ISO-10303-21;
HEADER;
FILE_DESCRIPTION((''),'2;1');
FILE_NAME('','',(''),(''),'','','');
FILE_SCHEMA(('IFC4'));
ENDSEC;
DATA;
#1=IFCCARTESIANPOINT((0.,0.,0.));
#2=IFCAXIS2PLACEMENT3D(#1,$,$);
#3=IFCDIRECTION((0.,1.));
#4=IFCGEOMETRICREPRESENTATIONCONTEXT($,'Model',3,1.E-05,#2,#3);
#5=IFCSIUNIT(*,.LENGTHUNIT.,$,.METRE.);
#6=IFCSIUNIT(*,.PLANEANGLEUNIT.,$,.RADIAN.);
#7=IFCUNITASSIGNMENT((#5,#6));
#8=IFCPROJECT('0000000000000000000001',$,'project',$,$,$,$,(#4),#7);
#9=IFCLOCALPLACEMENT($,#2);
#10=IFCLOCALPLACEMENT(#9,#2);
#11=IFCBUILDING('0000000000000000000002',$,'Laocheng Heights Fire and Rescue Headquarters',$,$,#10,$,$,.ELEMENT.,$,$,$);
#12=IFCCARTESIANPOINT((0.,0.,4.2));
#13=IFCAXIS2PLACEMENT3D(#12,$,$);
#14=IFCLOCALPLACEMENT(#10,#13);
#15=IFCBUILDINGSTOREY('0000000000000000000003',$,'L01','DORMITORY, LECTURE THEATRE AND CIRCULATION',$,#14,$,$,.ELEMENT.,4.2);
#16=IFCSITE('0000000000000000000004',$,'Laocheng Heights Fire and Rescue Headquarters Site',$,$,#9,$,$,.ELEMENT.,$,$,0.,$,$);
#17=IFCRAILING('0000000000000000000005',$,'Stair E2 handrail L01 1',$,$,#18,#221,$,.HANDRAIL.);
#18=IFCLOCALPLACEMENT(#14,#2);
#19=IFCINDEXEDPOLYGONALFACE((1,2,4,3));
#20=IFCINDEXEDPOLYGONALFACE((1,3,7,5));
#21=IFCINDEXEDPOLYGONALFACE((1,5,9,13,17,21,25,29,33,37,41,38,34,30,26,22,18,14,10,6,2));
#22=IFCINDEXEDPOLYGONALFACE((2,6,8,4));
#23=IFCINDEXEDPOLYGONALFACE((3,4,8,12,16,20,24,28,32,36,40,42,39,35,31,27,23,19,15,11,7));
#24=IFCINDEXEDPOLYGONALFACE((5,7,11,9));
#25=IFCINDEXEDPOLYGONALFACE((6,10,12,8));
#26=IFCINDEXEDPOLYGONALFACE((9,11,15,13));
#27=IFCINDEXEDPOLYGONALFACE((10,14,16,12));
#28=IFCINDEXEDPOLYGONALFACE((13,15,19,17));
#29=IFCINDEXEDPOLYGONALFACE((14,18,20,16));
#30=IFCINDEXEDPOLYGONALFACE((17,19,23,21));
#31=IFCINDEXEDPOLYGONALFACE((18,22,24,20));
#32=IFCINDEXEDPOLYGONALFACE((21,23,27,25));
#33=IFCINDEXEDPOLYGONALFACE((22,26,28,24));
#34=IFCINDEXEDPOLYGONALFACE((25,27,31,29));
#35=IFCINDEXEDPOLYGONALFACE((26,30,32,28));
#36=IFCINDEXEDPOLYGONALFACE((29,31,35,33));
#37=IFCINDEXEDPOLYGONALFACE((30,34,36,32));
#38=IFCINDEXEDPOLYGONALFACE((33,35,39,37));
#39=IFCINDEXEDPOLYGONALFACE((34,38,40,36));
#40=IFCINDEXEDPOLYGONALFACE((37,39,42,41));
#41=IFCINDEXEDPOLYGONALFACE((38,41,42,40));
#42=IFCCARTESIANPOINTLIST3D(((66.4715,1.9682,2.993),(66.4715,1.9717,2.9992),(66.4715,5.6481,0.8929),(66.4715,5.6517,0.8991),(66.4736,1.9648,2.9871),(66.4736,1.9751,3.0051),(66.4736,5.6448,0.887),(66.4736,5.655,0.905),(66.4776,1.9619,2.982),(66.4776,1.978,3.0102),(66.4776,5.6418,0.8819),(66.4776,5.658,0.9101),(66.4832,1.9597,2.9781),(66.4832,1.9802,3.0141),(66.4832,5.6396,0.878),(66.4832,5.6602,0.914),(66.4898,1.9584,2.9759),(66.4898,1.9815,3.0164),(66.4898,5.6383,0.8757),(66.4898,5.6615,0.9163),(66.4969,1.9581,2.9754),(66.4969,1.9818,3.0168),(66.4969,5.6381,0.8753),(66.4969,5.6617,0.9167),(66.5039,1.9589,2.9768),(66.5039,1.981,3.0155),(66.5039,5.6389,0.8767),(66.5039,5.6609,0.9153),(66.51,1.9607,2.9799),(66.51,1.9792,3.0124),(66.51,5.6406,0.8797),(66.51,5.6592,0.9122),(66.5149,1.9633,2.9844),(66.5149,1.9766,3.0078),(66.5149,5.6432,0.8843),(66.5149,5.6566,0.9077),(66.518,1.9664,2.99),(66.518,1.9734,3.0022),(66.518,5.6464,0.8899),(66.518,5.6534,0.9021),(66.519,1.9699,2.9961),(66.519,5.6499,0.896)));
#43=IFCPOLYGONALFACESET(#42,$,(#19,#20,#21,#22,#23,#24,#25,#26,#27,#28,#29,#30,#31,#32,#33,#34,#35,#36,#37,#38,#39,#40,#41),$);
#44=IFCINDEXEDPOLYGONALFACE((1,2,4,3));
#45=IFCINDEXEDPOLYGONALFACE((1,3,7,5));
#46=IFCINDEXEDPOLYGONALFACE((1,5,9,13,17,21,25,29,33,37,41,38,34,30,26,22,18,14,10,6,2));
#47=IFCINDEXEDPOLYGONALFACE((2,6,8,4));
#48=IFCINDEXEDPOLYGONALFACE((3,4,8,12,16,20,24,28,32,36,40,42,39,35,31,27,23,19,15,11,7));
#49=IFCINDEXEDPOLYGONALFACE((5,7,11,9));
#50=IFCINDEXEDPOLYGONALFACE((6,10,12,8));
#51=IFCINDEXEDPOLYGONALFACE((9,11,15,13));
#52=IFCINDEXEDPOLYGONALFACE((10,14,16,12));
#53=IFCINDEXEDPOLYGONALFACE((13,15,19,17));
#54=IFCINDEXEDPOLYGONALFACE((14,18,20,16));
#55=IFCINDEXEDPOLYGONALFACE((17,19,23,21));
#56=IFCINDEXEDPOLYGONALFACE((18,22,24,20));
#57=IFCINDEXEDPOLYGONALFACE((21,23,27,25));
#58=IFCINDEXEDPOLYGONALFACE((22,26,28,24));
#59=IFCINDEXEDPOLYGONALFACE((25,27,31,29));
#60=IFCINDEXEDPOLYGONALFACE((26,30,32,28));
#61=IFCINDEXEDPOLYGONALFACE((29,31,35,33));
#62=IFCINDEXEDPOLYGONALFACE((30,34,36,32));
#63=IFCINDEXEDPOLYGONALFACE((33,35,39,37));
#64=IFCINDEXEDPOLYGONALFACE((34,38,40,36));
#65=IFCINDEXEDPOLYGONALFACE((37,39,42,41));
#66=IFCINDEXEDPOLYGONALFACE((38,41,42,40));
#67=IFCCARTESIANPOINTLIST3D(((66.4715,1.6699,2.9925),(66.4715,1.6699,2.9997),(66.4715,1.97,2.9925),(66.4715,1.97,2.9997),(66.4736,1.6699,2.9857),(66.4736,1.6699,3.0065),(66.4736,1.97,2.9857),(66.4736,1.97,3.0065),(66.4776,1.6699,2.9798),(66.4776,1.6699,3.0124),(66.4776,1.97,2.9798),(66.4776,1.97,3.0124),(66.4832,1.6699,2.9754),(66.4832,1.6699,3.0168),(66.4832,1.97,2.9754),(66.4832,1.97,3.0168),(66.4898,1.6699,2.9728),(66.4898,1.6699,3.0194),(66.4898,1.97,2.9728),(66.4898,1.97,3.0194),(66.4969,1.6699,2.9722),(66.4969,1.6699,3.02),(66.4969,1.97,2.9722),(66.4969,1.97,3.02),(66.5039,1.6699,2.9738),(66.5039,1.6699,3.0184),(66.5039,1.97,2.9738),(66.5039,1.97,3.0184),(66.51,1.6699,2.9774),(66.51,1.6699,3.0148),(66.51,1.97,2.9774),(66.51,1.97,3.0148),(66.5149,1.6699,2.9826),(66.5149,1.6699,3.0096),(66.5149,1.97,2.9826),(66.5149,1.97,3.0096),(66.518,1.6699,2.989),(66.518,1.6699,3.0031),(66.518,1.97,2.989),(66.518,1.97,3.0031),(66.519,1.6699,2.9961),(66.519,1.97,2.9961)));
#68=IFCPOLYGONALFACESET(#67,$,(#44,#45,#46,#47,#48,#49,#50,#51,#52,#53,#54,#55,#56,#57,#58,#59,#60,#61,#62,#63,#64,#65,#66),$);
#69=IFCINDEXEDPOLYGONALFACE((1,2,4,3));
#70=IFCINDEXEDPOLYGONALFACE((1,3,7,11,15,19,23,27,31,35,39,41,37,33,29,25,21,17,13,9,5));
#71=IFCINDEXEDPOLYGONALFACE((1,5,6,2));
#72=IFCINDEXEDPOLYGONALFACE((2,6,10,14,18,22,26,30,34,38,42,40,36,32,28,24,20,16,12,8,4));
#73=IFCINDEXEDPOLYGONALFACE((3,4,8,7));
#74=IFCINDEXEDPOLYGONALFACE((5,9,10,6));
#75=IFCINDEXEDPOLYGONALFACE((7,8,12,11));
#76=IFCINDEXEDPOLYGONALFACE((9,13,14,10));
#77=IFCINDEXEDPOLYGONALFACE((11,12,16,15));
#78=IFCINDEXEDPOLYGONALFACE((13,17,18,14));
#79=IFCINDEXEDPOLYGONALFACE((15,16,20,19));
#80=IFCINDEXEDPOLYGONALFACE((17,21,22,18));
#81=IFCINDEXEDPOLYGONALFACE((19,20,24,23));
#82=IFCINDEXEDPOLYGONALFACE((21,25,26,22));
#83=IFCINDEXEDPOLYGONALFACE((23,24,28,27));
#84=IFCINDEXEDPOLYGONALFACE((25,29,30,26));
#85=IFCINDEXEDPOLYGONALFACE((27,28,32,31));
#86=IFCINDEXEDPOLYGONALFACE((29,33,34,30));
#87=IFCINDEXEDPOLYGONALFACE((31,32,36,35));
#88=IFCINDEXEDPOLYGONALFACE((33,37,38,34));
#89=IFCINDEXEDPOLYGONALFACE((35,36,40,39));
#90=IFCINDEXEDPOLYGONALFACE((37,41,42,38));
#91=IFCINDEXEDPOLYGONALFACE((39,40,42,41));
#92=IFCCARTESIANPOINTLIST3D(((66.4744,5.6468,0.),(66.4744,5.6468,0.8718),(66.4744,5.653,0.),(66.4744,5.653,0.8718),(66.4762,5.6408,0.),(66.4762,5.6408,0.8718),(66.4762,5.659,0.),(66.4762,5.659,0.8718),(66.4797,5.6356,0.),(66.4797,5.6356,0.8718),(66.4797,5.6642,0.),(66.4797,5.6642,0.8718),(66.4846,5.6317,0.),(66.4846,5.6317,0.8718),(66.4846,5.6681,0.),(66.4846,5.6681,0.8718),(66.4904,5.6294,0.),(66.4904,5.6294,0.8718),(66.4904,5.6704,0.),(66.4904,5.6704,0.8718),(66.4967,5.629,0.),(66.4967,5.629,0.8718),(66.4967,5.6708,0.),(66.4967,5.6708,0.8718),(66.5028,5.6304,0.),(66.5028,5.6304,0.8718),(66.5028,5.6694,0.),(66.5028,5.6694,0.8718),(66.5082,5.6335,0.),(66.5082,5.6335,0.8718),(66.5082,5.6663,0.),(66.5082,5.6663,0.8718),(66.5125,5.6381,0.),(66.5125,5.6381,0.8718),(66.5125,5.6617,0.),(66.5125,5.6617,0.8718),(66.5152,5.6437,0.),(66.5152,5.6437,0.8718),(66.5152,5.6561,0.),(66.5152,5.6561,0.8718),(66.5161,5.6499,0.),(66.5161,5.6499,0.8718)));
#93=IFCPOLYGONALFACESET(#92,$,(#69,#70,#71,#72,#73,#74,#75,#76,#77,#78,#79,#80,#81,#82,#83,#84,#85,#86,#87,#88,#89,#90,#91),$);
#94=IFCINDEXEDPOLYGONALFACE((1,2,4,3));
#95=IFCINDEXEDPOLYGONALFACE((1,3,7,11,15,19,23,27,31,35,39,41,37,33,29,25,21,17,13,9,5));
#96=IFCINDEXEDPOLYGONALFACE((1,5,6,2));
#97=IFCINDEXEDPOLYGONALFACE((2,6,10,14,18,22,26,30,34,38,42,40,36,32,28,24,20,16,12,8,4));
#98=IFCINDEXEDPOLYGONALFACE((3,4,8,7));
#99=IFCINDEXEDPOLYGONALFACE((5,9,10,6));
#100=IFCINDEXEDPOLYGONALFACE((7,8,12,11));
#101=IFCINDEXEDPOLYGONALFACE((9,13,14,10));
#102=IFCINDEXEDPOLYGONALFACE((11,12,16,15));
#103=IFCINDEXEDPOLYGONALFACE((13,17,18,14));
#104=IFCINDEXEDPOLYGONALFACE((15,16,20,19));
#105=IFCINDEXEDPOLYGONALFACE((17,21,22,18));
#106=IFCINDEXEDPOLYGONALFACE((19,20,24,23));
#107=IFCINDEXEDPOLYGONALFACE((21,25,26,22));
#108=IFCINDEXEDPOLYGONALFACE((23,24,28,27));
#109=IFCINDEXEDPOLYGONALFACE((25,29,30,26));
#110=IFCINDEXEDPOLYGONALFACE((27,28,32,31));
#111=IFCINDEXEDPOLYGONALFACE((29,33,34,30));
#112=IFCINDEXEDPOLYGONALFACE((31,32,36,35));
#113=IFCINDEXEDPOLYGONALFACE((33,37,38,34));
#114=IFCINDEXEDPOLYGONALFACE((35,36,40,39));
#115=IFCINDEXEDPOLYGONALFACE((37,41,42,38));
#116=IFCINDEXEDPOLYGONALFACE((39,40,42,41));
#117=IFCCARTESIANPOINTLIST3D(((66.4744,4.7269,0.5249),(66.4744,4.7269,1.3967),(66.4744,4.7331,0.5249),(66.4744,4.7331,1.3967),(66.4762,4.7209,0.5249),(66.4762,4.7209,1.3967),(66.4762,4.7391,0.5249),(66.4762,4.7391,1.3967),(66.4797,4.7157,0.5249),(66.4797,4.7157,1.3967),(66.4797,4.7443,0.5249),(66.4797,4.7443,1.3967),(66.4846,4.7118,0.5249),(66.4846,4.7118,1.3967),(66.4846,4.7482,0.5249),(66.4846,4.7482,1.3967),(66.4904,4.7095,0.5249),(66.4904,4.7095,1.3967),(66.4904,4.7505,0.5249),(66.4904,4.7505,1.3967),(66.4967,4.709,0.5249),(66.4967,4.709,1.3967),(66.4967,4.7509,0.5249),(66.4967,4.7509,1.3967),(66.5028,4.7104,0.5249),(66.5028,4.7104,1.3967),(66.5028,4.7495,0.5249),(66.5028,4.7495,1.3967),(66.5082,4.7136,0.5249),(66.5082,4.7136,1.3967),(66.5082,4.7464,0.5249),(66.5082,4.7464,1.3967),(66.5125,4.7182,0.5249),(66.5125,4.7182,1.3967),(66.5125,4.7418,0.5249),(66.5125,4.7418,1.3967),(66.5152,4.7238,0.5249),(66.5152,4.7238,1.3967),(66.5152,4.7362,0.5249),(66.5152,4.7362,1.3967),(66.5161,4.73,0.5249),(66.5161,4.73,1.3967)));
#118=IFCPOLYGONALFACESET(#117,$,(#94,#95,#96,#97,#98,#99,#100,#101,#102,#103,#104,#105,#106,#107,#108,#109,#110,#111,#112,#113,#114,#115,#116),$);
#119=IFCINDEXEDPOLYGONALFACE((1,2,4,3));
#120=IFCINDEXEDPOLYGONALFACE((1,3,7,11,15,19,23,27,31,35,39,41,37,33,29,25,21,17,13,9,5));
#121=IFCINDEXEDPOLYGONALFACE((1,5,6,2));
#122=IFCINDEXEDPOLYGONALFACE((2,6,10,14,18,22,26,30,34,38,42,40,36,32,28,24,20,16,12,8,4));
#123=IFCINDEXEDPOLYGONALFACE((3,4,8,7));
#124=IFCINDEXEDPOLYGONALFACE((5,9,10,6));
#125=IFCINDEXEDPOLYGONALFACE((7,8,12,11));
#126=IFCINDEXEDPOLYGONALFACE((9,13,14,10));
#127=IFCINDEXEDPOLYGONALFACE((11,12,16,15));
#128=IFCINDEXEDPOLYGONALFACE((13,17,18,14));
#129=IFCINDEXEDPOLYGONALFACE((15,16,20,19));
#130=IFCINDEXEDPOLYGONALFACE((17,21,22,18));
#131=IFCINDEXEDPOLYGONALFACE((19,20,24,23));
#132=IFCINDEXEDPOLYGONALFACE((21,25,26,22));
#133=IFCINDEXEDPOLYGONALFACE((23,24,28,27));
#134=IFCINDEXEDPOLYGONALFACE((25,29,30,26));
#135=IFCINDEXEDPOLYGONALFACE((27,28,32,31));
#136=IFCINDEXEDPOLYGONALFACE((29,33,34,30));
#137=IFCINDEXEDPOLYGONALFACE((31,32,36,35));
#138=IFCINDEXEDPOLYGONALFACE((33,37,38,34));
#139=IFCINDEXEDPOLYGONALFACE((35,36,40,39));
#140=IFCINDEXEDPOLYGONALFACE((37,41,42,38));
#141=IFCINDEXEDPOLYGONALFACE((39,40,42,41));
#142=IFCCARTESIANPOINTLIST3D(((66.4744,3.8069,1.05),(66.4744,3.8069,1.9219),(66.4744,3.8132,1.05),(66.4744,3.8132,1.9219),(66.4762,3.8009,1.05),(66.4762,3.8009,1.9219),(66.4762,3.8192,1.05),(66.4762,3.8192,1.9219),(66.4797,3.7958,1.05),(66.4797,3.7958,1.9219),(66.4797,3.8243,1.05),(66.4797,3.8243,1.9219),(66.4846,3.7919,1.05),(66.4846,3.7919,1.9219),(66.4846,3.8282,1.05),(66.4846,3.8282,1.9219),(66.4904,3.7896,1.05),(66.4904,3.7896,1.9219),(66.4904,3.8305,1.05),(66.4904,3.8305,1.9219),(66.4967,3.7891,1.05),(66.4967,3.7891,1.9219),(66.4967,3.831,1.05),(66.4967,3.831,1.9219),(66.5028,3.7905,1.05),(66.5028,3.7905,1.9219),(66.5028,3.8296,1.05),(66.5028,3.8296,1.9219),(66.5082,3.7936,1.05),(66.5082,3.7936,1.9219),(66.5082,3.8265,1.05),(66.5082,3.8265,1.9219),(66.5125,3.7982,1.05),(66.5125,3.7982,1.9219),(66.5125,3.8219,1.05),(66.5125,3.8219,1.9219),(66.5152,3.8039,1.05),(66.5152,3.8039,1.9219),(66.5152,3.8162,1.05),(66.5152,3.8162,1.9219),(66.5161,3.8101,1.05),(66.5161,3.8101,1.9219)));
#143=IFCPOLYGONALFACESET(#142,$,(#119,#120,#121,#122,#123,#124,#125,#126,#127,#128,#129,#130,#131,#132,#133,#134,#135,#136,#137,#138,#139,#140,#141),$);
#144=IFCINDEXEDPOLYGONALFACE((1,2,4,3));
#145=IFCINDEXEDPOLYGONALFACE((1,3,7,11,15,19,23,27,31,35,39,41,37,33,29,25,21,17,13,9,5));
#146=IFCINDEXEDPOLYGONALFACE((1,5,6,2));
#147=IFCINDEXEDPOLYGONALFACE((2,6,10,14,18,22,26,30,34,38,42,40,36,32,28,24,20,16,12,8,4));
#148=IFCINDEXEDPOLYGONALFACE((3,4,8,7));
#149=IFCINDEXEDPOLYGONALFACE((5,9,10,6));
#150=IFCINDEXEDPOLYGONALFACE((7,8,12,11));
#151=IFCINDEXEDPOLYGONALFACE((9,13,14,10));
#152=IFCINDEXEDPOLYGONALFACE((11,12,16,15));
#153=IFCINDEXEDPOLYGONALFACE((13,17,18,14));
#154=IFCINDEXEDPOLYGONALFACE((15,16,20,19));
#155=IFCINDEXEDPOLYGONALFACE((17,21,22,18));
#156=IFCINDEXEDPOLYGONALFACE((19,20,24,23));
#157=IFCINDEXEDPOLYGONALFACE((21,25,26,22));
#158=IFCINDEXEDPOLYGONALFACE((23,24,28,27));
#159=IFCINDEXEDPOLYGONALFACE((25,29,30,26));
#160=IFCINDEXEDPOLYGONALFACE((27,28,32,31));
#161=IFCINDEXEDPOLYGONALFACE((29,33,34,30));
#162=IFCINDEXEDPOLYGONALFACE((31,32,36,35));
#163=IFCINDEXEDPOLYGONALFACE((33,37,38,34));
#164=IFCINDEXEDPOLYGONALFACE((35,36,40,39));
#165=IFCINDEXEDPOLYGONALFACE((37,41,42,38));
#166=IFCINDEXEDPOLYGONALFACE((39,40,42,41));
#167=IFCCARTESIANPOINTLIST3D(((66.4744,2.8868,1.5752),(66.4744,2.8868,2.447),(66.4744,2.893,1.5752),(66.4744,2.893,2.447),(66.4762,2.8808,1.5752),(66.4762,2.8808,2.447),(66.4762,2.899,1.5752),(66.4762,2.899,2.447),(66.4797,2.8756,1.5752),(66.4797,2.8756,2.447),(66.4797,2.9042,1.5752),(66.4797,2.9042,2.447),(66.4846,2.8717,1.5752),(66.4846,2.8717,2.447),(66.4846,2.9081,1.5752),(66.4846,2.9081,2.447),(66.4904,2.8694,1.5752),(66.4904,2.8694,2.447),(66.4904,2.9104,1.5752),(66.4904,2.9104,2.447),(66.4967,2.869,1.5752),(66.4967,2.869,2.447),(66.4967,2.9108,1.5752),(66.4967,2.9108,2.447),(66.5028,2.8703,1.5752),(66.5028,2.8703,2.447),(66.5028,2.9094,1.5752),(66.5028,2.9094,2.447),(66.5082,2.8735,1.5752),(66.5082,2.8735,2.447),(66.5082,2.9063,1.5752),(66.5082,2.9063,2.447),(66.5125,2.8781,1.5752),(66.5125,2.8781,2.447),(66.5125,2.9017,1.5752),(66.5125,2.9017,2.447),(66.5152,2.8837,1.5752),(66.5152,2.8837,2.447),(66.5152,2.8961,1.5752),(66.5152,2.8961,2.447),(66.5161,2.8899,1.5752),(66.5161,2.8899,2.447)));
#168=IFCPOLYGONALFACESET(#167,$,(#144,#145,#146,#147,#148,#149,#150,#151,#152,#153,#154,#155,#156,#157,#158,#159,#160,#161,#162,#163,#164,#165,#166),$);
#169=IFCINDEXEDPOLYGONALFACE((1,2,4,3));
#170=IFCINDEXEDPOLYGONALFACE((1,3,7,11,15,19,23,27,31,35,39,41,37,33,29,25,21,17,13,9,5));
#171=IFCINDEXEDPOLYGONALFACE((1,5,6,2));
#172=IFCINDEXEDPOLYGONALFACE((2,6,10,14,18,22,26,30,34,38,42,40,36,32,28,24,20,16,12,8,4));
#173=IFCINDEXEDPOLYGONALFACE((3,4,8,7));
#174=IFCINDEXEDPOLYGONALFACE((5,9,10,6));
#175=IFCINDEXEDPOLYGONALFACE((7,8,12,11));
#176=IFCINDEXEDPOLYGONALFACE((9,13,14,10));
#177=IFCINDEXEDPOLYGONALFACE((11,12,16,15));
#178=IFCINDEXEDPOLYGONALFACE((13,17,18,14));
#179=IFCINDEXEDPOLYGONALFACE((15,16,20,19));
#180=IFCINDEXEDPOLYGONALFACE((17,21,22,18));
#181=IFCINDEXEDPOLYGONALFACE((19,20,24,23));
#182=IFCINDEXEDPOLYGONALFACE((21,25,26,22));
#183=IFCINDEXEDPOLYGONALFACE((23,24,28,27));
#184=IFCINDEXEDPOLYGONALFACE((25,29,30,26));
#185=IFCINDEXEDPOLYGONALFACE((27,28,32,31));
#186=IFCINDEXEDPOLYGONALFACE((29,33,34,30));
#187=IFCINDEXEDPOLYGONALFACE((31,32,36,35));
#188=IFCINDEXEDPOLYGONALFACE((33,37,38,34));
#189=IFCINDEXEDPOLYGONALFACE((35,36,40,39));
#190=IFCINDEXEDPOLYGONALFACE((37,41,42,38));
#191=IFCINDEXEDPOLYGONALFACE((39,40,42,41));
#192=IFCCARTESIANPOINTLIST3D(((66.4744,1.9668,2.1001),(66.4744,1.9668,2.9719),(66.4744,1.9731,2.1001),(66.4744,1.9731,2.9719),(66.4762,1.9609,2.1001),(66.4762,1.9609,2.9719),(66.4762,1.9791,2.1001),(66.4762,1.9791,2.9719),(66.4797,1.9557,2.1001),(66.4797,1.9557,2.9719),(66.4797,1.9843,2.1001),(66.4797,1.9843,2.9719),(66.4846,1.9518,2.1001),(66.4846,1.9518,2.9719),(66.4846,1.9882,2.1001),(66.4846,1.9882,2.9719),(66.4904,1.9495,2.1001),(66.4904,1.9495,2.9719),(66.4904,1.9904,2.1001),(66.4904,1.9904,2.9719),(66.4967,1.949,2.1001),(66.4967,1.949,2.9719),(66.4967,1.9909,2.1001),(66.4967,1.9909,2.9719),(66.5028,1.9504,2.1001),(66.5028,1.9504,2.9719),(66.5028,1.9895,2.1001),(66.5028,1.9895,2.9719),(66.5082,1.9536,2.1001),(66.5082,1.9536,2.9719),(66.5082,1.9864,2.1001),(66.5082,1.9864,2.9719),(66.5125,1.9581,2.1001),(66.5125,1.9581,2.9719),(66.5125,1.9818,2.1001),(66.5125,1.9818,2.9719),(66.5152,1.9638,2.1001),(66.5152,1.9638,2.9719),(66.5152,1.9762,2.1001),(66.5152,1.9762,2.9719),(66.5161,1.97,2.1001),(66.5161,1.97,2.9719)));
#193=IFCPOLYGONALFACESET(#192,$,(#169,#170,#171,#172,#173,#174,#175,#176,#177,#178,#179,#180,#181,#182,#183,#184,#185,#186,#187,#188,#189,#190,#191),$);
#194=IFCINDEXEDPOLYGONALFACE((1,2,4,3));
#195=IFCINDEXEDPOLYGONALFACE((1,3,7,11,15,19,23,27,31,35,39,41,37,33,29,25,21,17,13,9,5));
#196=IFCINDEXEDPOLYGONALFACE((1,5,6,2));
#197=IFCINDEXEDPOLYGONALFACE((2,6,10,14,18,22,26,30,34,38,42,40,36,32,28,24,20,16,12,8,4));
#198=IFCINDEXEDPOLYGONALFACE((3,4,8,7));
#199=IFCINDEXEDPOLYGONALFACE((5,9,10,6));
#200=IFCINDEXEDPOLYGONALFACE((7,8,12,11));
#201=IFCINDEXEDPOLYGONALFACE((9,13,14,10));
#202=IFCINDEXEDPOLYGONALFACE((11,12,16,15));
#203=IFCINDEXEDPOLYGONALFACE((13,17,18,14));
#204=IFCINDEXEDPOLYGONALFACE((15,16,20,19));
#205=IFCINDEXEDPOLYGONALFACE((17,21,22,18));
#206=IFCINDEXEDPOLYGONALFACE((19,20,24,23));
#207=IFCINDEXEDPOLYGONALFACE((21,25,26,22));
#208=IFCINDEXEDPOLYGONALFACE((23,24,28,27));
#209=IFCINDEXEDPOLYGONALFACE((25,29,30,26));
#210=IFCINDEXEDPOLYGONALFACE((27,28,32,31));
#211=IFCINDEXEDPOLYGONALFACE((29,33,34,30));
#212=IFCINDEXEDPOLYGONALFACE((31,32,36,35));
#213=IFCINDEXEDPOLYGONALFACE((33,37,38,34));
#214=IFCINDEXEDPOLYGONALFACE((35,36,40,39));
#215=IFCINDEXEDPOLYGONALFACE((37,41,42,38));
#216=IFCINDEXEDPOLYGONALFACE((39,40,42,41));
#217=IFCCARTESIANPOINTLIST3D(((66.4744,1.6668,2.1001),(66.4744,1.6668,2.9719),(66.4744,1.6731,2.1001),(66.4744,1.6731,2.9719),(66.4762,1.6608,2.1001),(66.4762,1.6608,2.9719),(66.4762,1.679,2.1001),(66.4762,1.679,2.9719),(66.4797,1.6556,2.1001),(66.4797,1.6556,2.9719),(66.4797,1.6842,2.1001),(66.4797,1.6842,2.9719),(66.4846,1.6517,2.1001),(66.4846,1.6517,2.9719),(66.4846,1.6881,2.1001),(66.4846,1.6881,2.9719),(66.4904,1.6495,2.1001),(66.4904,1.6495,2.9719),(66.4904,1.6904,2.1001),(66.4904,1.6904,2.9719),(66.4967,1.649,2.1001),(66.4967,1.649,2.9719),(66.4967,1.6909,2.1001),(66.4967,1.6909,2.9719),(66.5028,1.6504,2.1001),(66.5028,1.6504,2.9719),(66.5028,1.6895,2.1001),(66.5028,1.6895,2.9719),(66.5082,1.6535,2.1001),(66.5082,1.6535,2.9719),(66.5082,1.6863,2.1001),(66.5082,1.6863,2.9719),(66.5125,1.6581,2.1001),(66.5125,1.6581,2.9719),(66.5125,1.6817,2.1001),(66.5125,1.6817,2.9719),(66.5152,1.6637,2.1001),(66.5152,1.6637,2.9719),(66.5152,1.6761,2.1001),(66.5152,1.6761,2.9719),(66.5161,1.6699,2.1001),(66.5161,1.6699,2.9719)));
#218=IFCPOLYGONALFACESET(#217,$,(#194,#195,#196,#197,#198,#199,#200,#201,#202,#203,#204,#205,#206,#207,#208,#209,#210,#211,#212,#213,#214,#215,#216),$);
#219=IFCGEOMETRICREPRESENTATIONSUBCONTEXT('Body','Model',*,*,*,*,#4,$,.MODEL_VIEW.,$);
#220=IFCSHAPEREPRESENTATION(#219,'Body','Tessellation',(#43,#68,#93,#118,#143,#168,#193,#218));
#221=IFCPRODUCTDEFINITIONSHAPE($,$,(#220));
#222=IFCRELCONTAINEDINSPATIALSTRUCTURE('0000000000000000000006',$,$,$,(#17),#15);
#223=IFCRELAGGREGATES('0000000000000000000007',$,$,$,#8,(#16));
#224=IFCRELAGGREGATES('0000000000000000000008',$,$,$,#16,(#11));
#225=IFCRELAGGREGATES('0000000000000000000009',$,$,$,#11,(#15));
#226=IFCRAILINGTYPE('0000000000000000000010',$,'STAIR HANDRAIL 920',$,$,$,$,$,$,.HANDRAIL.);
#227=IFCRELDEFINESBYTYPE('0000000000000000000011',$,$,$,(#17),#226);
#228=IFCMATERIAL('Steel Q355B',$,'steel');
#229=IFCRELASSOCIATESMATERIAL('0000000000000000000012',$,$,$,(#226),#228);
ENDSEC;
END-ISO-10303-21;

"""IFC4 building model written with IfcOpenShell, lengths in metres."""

from ifc_helpers import new_model, si_unit, direction, frame, origin, origin_2d, place, context, subcontext, project, spatial, circle, extrude, material, type_object, element, save


model = new_model("IFC4")

# Units and contexts
model_context = context("Model", 3, precision=1e-05, world=origin(), true_north=direction((0.0, 1.0)))
body_context = subcontext(model_context, "Body", "Model", "MODEL_VIEW")
ifc_project = project(units=[si_unit("LENGTHUNIT", "METRE"), si_unit("PLANEANGLEUNIT", "RADIAN")], contexts=[model_context])

# Site, building, storey
site_placement = place(None, origin())
site = spatial("IfcSite", under=ifc_project, at=site_placement, Name="Laocheng Heights Fire and Rescue Headquarters Site", CompositionType="ELEMENT", RefElevation=0.0)
building_placement = place(site_placement, origin())
building = spatial("IfcBuilding", under=site, at=building_placement, Name="Laocheng Heights Fire and Rescue Headquarters", CompositionType="ELEMENT")
storey_placement = place(building_placement, frame((0.0, 0.0, 4.2)))
storey = spatial("IfcBuildingStorey", under=building, at=storey_placement, Name="L01", Description="DORMITORY, LECTURE THEATRE AND CIRCULATION", CompositionType="ELEMENT", Elevation=4.2)

# Railing
ifc_material_1 = material(Name="Steel Q355B", Category="steel")
railing_type = type_object("IfcRailingType", Name="STAIR HANDRAIL 920", PredefinedType="HANDRAIL", material=ifc_material_1)
railing_placement = place(storey_placement, frame((66.4951, 5.6499, 0.0)))
element("IfcRailing", 1, at=railing_placement, inside=storey, type_object=railing_type, Name="Stair E2 handrail L01 1", PredefinedType="HANDRAIL", context=body_context, shape_type="SweptSolid", body=[
    extrude(circle(Radius=0.0239, at=origin_2d()), frame((0.0, 0.0, 0.896), z_axis=(0.0, -0.86852, 0.495655), x_axis=(1.0, 0.0, 0.0)), (0.0, 0.0, 1.0), 4.2371),
    extrude(circle(Radius=0.0239, at=origin_2d()), frame((0.0, -3.6799, 2.9961), z_axis=(0.0, -1.0, 0.0), x_axis=(1.0, 0.0, 0.0)), (0.0, 0.0, 1.0), 0.3),
    extrude(circle(Radius=0.021, at=origin_2d()), origin(), (0.0, 0.0, 1.0), 0.8718),
    extrude(circle(Radius=0.021, at=origin_2d()), frame((0.0, -0.9199, 0.5249)), (0.0, 0.0, 1.0), 0.8718),
    extrude(circle(Radius=0.021, at=origin_2d()), frame((0.0, -1.8398, 1.05)), (0.0, 0.0, 1.0), 0.8718),
    extrude(circle(Radius=0.021, at=origin_2d()), frame((0.0, -2.76, 1.5752)), (0.0, 0.0, 1.0), 0.8718),
    extrude(circle(Radius=0.021, at=origin_2d()), frame((0.0, -3.6799, 2.1001)), (0.0, 0.0, 1.0), 0.8718),
    extrude(circle(Radius=0.021, at=origin_2d()), frame((0.0, -3.98, 2.1001)), (0.0, 0.0, 1.0), 0.8718),
])

save(model, "model.ifc")
